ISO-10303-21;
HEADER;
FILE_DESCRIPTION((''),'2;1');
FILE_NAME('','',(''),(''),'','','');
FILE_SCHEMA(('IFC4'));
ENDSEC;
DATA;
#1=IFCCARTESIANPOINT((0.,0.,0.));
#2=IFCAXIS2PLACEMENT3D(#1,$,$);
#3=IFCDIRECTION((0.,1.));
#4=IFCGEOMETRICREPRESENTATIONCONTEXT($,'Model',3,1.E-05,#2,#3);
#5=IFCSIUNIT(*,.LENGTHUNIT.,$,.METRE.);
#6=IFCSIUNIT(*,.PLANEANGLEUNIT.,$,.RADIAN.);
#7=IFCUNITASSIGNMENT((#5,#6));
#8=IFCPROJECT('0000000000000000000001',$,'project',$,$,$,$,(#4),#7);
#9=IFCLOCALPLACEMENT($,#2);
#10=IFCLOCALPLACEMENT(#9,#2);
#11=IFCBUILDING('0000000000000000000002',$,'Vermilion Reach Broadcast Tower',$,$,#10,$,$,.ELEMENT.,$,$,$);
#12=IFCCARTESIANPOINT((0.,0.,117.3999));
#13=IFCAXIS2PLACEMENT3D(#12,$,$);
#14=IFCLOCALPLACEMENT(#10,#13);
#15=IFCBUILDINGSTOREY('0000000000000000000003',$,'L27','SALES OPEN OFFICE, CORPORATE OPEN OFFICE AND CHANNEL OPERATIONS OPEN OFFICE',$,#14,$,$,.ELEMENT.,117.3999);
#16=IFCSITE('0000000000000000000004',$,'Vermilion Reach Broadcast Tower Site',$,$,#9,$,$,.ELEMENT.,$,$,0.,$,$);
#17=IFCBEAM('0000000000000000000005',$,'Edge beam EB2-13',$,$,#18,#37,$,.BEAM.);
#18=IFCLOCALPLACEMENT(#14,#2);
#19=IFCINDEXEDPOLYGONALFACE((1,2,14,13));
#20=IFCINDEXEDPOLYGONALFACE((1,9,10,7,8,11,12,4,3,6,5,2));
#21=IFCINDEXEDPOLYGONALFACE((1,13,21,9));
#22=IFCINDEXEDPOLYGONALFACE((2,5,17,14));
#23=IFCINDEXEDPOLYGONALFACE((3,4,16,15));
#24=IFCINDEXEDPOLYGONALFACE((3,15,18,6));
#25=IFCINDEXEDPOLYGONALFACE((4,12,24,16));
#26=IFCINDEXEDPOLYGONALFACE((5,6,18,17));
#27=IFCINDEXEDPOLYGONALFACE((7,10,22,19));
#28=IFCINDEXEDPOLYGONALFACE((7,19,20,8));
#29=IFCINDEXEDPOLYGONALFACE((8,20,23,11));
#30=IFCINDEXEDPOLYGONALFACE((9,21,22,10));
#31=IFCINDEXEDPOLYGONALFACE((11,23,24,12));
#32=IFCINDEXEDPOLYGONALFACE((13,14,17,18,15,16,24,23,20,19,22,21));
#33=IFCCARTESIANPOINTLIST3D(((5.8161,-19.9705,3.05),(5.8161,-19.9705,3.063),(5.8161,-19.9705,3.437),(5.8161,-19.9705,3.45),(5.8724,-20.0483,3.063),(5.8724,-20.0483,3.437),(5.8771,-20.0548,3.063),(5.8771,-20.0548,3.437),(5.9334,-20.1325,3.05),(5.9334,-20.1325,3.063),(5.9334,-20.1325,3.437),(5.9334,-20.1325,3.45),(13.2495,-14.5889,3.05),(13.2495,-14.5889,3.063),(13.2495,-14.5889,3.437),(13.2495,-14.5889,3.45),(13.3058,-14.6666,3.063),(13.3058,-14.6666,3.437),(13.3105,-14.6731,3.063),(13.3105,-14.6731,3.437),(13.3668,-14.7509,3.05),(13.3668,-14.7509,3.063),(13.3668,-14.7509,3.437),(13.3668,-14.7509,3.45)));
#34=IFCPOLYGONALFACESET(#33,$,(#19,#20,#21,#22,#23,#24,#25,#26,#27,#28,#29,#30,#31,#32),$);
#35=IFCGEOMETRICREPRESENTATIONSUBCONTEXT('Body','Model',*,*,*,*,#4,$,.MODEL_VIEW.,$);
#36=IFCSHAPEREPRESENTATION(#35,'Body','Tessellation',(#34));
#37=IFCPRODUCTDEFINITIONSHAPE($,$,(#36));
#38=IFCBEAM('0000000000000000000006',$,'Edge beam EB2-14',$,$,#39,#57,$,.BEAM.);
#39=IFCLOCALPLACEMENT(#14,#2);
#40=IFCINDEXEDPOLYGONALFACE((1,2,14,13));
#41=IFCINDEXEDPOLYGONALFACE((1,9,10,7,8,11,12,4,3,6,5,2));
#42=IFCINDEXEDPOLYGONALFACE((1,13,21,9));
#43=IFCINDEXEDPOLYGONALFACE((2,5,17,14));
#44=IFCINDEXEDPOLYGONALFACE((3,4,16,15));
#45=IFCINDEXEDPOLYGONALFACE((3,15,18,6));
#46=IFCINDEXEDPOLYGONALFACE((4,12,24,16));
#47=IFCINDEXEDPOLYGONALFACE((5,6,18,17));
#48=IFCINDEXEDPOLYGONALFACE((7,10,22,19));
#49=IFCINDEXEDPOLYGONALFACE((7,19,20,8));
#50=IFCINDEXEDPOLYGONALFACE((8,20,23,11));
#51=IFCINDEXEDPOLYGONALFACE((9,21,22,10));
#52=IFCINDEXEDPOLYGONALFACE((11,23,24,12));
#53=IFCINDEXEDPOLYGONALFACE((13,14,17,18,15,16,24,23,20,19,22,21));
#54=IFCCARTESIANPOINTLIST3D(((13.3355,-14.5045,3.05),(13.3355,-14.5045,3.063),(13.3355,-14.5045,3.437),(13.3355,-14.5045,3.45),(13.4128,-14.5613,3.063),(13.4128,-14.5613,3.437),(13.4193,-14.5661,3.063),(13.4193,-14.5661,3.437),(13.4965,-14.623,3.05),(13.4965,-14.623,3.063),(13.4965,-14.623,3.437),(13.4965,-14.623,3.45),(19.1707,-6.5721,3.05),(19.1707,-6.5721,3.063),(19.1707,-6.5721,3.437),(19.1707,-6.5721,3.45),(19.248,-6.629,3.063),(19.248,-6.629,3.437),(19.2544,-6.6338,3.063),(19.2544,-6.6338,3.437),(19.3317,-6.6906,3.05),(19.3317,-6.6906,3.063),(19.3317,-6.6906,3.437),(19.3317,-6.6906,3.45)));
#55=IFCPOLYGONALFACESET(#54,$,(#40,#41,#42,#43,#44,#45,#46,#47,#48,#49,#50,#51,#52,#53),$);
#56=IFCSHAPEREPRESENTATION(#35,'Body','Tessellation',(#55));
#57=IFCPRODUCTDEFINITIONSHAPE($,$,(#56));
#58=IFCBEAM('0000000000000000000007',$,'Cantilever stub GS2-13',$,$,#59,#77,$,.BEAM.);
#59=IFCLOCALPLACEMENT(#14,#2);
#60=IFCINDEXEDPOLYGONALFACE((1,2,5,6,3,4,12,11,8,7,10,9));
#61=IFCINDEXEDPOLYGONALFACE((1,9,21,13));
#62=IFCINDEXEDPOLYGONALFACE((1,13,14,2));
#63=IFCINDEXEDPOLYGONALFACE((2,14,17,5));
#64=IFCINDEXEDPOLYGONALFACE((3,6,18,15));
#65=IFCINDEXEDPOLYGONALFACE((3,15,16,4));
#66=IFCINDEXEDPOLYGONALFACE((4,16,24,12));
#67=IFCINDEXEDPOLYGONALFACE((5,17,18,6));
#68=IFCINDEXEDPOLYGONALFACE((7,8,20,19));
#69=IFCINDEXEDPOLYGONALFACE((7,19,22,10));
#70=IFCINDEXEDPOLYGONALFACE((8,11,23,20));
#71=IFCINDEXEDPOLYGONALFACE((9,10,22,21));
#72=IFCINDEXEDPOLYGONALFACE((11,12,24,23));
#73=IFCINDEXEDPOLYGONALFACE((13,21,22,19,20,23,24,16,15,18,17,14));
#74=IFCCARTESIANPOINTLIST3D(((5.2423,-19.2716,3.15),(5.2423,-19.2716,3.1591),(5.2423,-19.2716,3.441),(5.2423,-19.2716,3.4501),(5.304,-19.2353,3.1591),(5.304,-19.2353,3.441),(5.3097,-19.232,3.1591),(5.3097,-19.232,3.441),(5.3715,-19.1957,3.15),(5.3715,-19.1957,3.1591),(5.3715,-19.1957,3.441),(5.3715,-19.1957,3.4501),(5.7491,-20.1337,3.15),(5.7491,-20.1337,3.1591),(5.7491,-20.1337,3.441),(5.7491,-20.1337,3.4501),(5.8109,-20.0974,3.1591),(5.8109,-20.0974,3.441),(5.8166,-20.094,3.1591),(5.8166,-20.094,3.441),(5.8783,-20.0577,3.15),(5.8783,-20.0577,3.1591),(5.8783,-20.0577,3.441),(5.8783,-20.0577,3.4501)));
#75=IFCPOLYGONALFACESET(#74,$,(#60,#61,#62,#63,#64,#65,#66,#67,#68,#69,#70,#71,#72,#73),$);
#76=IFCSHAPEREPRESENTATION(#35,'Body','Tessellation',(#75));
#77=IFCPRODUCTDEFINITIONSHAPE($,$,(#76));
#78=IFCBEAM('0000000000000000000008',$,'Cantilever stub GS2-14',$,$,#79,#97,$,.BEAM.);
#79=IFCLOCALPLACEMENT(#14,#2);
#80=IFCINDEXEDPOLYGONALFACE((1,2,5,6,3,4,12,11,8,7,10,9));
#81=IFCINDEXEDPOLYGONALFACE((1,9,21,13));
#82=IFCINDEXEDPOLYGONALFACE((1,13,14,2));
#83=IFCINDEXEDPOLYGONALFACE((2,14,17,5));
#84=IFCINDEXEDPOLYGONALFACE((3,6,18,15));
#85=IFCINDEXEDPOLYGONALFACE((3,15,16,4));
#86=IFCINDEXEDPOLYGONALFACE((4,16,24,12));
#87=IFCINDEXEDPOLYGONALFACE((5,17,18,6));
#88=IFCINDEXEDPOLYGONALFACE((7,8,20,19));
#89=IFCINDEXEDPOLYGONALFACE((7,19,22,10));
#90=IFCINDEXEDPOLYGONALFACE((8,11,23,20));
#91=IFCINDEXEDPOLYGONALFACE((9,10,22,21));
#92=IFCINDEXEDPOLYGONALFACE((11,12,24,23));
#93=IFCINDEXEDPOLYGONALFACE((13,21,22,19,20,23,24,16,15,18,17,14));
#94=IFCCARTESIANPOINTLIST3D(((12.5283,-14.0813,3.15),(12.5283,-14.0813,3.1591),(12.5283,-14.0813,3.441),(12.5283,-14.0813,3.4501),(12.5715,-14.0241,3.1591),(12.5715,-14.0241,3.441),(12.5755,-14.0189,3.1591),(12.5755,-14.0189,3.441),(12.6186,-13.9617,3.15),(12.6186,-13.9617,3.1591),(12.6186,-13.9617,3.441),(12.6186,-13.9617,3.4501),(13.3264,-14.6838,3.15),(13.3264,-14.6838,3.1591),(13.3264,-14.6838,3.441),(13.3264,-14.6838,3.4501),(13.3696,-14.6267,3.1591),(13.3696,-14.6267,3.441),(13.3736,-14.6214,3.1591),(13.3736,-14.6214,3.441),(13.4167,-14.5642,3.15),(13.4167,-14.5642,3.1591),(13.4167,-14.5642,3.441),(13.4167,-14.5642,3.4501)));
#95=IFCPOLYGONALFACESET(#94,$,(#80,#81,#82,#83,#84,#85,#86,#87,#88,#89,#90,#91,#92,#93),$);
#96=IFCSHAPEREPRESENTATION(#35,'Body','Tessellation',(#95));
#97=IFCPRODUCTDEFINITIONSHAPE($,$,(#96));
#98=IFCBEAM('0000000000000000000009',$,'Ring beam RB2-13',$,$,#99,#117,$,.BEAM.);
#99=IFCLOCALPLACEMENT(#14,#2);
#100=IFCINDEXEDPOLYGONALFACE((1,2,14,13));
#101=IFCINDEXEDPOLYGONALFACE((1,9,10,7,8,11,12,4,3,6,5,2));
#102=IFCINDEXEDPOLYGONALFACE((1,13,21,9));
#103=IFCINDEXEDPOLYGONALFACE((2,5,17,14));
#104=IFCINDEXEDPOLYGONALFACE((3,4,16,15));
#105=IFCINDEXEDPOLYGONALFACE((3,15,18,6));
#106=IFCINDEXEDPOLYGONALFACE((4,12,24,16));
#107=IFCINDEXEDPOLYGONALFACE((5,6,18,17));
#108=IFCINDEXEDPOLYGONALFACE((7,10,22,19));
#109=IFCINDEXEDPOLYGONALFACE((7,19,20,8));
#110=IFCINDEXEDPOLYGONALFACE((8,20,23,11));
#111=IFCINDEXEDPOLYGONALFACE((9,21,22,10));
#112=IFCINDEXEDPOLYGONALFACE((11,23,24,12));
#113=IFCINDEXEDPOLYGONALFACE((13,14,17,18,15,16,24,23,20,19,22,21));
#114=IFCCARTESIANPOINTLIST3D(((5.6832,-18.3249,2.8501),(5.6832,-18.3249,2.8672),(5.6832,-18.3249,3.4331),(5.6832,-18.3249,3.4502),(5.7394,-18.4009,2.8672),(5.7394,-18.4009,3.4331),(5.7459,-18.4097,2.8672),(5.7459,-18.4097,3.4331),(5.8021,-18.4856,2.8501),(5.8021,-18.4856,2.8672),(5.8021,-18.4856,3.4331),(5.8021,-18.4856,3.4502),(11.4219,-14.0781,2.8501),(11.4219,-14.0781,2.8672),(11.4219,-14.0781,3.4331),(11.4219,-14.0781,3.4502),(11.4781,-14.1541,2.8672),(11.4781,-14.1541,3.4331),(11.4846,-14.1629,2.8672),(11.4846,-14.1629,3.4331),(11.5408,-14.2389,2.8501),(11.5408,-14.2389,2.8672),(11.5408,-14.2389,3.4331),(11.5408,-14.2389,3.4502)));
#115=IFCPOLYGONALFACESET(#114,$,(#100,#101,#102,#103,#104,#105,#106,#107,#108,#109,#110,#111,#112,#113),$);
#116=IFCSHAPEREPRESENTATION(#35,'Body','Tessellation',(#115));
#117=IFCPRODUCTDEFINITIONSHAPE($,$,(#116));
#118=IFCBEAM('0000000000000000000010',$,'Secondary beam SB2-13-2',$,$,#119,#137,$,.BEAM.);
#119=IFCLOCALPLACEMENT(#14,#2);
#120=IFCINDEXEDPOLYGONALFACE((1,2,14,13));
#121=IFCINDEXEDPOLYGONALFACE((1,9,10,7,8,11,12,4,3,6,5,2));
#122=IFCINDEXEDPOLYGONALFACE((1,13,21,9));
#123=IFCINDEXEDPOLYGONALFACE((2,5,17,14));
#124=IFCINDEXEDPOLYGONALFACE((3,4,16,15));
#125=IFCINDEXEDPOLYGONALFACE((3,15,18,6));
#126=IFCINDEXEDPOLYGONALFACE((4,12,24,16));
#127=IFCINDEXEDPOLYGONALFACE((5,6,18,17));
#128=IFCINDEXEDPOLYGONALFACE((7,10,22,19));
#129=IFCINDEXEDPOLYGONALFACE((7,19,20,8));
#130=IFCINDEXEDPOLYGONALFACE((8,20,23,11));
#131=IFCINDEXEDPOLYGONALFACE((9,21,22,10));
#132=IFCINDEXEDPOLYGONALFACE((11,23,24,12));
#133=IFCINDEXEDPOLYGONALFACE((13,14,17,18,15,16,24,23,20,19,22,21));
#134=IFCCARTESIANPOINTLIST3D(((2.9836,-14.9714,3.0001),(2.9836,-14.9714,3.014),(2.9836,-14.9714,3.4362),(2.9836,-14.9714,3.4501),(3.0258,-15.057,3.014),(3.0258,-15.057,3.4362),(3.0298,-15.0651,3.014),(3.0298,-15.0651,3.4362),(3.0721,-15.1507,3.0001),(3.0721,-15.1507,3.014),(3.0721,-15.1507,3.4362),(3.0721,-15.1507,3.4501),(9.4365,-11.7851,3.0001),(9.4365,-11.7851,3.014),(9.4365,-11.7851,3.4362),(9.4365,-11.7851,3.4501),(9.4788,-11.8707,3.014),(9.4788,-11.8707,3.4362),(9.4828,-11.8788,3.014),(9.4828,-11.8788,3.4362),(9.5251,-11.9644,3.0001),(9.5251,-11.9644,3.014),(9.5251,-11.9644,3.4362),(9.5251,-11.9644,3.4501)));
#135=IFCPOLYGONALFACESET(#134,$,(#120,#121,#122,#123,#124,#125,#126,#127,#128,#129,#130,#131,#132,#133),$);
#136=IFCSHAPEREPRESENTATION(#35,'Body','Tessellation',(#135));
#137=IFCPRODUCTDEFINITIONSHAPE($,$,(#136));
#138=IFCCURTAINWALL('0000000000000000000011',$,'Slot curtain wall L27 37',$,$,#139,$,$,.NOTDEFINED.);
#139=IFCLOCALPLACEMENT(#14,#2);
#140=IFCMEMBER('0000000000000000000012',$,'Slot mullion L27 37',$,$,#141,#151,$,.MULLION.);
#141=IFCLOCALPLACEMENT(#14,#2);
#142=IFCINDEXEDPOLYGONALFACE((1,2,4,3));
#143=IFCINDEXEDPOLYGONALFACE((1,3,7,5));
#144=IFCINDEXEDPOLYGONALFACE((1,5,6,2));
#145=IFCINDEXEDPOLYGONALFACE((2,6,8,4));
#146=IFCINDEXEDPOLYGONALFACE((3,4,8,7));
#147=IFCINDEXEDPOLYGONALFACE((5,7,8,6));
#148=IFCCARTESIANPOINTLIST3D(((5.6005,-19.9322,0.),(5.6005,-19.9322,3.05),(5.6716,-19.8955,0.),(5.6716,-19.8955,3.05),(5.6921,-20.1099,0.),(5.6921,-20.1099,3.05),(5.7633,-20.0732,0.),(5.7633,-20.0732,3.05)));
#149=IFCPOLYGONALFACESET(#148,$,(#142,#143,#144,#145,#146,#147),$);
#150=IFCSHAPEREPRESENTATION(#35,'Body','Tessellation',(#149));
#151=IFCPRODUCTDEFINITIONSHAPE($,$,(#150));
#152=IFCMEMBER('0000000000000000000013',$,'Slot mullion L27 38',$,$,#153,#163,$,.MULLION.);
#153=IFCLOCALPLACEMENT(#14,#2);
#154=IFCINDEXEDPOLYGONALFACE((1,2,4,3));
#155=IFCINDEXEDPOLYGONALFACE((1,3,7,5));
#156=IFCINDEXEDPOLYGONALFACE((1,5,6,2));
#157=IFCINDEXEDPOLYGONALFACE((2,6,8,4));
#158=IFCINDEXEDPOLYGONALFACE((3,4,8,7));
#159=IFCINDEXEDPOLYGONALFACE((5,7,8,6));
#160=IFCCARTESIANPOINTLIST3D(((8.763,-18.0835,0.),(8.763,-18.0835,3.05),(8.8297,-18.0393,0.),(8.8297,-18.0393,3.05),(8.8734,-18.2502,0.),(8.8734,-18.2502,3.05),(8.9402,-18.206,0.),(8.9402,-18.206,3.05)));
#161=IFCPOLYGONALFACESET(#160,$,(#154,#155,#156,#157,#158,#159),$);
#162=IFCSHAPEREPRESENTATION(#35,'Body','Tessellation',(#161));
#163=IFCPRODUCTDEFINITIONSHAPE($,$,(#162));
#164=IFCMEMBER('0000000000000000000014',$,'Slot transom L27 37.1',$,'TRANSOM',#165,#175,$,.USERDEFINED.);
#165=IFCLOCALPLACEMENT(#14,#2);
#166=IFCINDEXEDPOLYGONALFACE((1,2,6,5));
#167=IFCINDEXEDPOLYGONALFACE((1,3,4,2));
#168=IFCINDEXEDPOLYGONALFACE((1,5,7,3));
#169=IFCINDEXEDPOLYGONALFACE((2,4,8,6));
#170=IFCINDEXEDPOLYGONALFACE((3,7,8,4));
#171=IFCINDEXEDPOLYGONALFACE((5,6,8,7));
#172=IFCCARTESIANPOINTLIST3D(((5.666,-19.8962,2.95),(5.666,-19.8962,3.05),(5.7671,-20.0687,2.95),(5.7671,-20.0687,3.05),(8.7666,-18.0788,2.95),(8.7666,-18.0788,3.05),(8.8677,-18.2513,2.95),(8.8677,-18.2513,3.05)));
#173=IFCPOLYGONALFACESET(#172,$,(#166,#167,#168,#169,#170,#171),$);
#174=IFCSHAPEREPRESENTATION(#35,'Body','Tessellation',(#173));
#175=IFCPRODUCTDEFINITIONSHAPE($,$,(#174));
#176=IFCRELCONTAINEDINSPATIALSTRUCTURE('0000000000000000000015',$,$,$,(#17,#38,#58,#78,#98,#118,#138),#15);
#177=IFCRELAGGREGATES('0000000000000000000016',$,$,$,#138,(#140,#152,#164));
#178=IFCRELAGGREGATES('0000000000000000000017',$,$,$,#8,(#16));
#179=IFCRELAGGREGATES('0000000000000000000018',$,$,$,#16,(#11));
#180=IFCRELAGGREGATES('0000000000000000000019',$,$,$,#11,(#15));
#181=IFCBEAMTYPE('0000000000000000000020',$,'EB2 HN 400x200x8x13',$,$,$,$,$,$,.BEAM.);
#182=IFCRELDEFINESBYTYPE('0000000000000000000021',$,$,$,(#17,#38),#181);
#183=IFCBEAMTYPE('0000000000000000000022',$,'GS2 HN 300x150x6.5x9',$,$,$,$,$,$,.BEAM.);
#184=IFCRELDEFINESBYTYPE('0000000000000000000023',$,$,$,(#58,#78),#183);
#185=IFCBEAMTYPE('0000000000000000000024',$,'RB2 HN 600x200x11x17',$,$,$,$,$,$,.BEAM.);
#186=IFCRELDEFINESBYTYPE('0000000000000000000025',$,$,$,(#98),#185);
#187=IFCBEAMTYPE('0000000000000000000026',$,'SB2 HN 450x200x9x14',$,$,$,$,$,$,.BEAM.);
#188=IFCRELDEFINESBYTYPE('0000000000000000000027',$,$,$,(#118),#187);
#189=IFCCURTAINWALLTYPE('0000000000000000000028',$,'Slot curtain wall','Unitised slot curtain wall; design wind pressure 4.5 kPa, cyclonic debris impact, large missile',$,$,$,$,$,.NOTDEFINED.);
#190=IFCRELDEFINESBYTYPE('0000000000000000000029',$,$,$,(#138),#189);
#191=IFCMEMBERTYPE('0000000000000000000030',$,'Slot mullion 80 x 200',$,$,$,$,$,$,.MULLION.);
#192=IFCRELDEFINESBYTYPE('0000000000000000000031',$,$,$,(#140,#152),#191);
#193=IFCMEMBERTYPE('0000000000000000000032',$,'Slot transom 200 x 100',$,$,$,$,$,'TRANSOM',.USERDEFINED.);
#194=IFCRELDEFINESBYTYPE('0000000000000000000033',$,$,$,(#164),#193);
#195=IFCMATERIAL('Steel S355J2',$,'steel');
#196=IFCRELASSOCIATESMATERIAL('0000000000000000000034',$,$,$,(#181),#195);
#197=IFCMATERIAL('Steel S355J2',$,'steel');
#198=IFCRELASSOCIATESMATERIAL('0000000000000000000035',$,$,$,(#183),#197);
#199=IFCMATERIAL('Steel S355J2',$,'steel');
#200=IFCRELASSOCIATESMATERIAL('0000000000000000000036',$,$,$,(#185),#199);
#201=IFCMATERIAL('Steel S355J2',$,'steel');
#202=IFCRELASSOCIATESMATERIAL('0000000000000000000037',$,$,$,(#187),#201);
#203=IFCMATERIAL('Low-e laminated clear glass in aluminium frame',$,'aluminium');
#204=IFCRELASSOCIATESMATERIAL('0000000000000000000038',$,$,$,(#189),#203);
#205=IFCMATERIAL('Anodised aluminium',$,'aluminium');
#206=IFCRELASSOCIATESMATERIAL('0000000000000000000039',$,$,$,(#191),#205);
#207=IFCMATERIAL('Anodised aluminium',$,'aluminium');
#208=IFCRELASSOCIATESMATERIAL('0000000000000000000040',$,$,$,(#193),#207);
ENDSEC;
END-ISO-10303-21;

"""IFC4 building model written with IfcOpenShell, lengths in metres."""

from ifc_helpers import new_model, si_unit, direction, frame, origin, origin_2d, place, context, subcontext, project, spatial, rectangle, i_section, extrude, material, material_profile, profile_set, type_object, element, aggregate, save


model = new_model("IFC4")

# Units and contexts
model_context = context("Model", 3, precision=1e-05, world=origin(), true_north=direction((0.0, 1.0)))
body_context = subcontext(model_context, "Body", "Model", "MODEL_VIEW")
ifc_project = project(units=[si_unit("LENGTHUNIT", "METRE"), si_unit("PLANEANGLEUNIT", "RADIAN")], contexts=[model_context])

# Site, building, storey
site_placement = place(None, origin())
site = spatial("IfcSite", under=ifc_project, at=site_placement, Name="Vermilion Reach Broadcast Tower Site", CompositionType="ELEMENT", RefElevation=0.0)
building_placement = place(site_placement, origin())
building = spatial("IfcBuilding", under=site, at=building_placement, Name="Vermilion Reach Broadcast Tower", CompositionType="ELEMENT")
storey_placement = place(building_placement, frame((0.0, 0.0, 117.3999)))
storey = spatial("IfcBuildingStorey", under=building, at=storey_placement, Name="L27", Description="SALES OPEN OFFICE, CORPORATE OPEN OFFICE AND CHANNEL OPERATIONS OPEN OFFICE", CompositionType="ELEMENT", Elevation=117.3999)

# Beams
ifc_material_1 = material(Name="Steel S355J2", Category="steel")
ifc_material_profile_1 = material_profile(ifc_material_1, i_section(OverallWidth=0.2, OverallDepth=0.3999, WebThickness=0.0081, FlangeThickness=0.0129, at=origin_2d()), Name="S355J2 HN 400x200x8x13")
ifc_profile_set_1 = profile_set([ifc_material_profile_1], Name="Steel S355J2")
beam_type_1 = type_object("IfcBeamType", Name="EB2 HN 400x200x8x13", PredefinedType="BEAM", material=ifc_profile_set_1)
beam_1_placement = place(storey_placement, frame((5.8748, -20.0515, 3.25), z_axis=(0.810003, 0.586426, 0.0), x_axis=(-0.586426, 0.810003, 0.0)))
element("IfcBeam", 1, at=beam_1_placement, inside=storey, type_object=beam_type_1, Name="Edge beam EB2-13", PredefinedType="BEAM", context=body_context, shape_type="SweptSolid", body=[
    extrude(i_section(OverallWidth=0.2, OverallDepth=0.3999, WebThickness=0.0081, FlangeThickness=0.0129, at=origin_2d()), origin(), (0.0, 0.0, 1.0), 9.177),
])
beam_2_placement = place(storey_placement, frame((13.416, -14.5637, 3.25), z_axis=(0.59256, 0.805526, 0.0), x_axis=(-0.805526, 0.59256, 0.0)))
element("IfcBeam", 2, at=beam_2_placement, inside=storey, type_object=beam_type_1, Name="Edge beam EB2-14", PredefinedType="BEAM", context=body_context, shape_type="SweptSolid", body=[
    extrude(i_section(OverallWidth=0.2, OverallDepth=0.3999, WebThickness=0.0081, FlangeThickness=0.0129, at=origin_2d()), origin(), (0.0, 0.0, 1.0), 9.8474),
])
ifc_material_2 = material(Name="Steel S355J2", Category="steel")
ifc_material_profile_2 = material_profile(ifc_material_2, i_section(OverallWidth=0.1499, OverallDepth=0.3, WebThickness=0.0066, FlangeThickness=0.009, at=origin_2d()), Name="S355J2 HN 300x150x6.5x9")
ifc_profile_set_2 = profile_set([ifc_material_profile_2], Name="Steel S355J2")
beam_type_2 = type_object("IfcBeamType", Name="GS2 HN 300x150x6.5x9", PredefinedType="BEAM", material=ifc_profile_set_2)
for number, where, z_axis, x_axis, name in (
    (3, (5.3069, -19.2336, 3.3), (0.506828, -0.862047, 0.0), (0.862047, 0.506828, 0.0), "Cantilever stub GS2-13"),
    (4, (12.5735, -14.0215, 3.3), (0.798092, -0.602536, 0.0), (0.602536, 0.798092, 0.0), "Cantilever stub GS2-14"),
):
    element("IfcBeam", number, at=place(storey_placement, frame(where, z_axis=z_axis, x_axis=x_axis)), inside=storey, type_object=beam_type_2, Name=name, PredefinedType="BEAM", context=body_context, shape_type="SweptSolid", body=[
        extrude(i_section(OverallWidth=0.1499, OverallDepth=0.3, WebThickness=0.0066, FlangeThickness=0.009, at=origin_2d()), origin(), (0.0, 0.0, 1.0), 1.0),
    ])
ifc_material_3 = material(Name="Steel S355J2", Category="steel")
ifc_material_profile_3 = material_profile(ifc_material_3, i_section(OverallWidth=0.2, OverallDepth=0.6001, WebThickness=0.011, FlangeThickness=0.0171, at=origin_2d()), Name="S355J2 HN 600x200x11x17")
ifc_profile_set_3 = profile_set([ifc_material_profile_3], Name="Steel S355J2")
beam_type_3 = type_object("IfcBeamType", Name="RB2 HN 600x200x11x17", PredefinedType="BEAM", material=ifc_profile_set_3)
beam_3_placement = place(storey_placement, frame((5.7427, -18.4053, 3.1501), z_axis=(0.803833, 0.594855, 0.0), x_axis=(-0.594855, 0.803833, 0.0)))
element("IfcBeam", 5, at=beam_3_placement, inside=storey, type_object=beam_type_3, Name="Ring beam RB2-13", PredefinedType="BEAM", context=body_context, shape_type="SweptSolid", body=[
    extrude(i_section(OverallWidth=0.2, OverallDepth=0.6001, WebThickness=0.011, FlangeThickness=0.0171, at=origin_2d()), origin(), (0.0, 0.0, 1.0), 7.1392),
])
ifc_material_4 = material(Name="Steel S355J2", Category="steel")
ifc_material_profile_4 = material_profile(ifc_material_4, i_section(OverallWidth=0.2, OverallDepth=0.45, WebThickness=0.009, FlangeThickness=0.0139, at=origin_2d()), Name="S355J2 HN 450x200x9x14")
ifc_profile_set_4 = profile_set([ifc_material_profile_4], Name="Steel S355J2")
beam_type_4 = type_object("IfcBeamType", Name="SB2 HN 450x200x9x14", PredefinedType="BEAM", material=ifc_profile_set_4)
beam_4_placement = place(storey_placement, frame((3.0278, -15.061, 3.2251), z_axis=(0.896648, 0.442744, 0.0), x_axis=(-0.442744, 0.896648, 0.0)))
element("IfcBeam", 6, at=beam_4_placement, inside=storey, type_object=beam_type_4, Name="Secondary beam SB2-13-2", PredefinedType="BEAM", context=body_context, shape_type="SweptSolid", body=[
    extrude(i_section(OverallWidth=0.2, OverallDepth=0.45, WebThickness=0.009, FlangeThickness=0.0139, at=origin_2d()), origin(), (0.0, 0.0, 1.0), 7.1968),
])

# Curtain wall, members
ifc_material_5 = material(Name="Low-e laminated clear glass in aluminium frame", Category="aluminium")
curtain_wall_type = type_object("IfcCurtainWallType", Name="Slot curtain wall", Description="Unitised slot curtain wall; design wind pressure 4.5 kPa, cyclonic debris impact, large missile", PredefinedType="NOTDEFINED", material=ifc_material_5)
placement = place(storey_placement, origin())
curtain_wall_1 = element("IfcCurtainWall", 7, at=placement, inside=storey, type_object=curtain_wall_type, Name="Slot curtain wall L27 37", PredefinedType="NOTDEFINED")
ifc_material_6 = material(Name="Anodised aluminium", Category="aluminium")
ifc_material_profile_5 = material_profile(ifc_material_6, rectangle(XDim=0.2, YDim=0.0801, at=origin_2d()), Name="Slot mullion 80 x 200")
ifc_profile_set_5 = profile_set([ifc_material_profile_5], Name="Anodised aluminium")
member_type_1 = type_object("IfcMemberType", Name="Slot mullion 80 x 200", PredefinedType="MULLION", material=ifc_profile_set_5)
member_1_placement = place(storey_placement, frame((5.6819, -20.0027, 0.0), z_axis=(0.0, 0.0, 1.0), x_axis=(-0.458431, 0.88873, 0.0)))
member_1 = element("IfcMember", 8, at=member_1_placement, type_object=member_type_1, Name="Slot mullion L27 37", PredefinedType="MULLION", context=body_context, shape_type="SweptSolid", body=[
    extrude(rectangle(XDim=0.2, YDim=0.0801, at=origin_2d()), origin(), (0.0, 0.0, 1.0), 3.05),
])
member_2_placement = place(storey_placement, frame((8.8516, -18.1448, 0.0), z_axis=(0.0, 0.0, 1.0), x_axis=(-0.552243, 0.833683, 0.0)))
member_2 = element("IfcMember", 9, at=member_2_placement, type_object=member_type_1, Name="Slot mullion L27 38", PredefinedType="MULLION", context=body_context, shape_type="SweptSolid", body=[
    extrude(rectangle(XDim=0.2, YDim=0.0801, at=origin_2d()), origin(), (0.0, 0.0, 1.0), 3.05),
])
ifc_material_7 = material(Name="Anodised aluminium", Category="aluminium")
ifc_material_profile_6 = material_profile(ifc_material_7, rectangle(XDim=0.2, YDim=0.1001, at=origin_2d()), Name="Slot transom 200 x 100")
ifc_profile_set_6 = profile_set([ifc_material_profile_6], Name="Anodised aluminium")
member_type_2 = type_object("IfcMemberType", Name="Slot transom 200 x 100", ElementType="TRANSOM", PredefinedType="USERDEFINED", material=ifc_profile_set_6)
member_3_placement = place(storey_placement, frame((5.7166, -19.9824, 3.0), z_axis=(0.862722, 0.505678, 0.0), x_axis=(-0.505678, 0.862722, 0.0)))
member_3 = element("IfcMember", 10, at=member_3_placement, type_object=member_type_2, Name="Slot transom L27 37.1", ObjectType="TRANSOM", PredefinedType="USERDEFINED", context=body_context, shape_type="SweptSolid", body=[
    extrude(rectangle(XDim=0.2, YDim=0.1001, at=origin_2d()), origin(), (0.0, 0.0, 1.0), 3.594),
])

aggregate(curtain_wall_1, [member_1, member_2, member_3])

save(model, "model.ifc")
